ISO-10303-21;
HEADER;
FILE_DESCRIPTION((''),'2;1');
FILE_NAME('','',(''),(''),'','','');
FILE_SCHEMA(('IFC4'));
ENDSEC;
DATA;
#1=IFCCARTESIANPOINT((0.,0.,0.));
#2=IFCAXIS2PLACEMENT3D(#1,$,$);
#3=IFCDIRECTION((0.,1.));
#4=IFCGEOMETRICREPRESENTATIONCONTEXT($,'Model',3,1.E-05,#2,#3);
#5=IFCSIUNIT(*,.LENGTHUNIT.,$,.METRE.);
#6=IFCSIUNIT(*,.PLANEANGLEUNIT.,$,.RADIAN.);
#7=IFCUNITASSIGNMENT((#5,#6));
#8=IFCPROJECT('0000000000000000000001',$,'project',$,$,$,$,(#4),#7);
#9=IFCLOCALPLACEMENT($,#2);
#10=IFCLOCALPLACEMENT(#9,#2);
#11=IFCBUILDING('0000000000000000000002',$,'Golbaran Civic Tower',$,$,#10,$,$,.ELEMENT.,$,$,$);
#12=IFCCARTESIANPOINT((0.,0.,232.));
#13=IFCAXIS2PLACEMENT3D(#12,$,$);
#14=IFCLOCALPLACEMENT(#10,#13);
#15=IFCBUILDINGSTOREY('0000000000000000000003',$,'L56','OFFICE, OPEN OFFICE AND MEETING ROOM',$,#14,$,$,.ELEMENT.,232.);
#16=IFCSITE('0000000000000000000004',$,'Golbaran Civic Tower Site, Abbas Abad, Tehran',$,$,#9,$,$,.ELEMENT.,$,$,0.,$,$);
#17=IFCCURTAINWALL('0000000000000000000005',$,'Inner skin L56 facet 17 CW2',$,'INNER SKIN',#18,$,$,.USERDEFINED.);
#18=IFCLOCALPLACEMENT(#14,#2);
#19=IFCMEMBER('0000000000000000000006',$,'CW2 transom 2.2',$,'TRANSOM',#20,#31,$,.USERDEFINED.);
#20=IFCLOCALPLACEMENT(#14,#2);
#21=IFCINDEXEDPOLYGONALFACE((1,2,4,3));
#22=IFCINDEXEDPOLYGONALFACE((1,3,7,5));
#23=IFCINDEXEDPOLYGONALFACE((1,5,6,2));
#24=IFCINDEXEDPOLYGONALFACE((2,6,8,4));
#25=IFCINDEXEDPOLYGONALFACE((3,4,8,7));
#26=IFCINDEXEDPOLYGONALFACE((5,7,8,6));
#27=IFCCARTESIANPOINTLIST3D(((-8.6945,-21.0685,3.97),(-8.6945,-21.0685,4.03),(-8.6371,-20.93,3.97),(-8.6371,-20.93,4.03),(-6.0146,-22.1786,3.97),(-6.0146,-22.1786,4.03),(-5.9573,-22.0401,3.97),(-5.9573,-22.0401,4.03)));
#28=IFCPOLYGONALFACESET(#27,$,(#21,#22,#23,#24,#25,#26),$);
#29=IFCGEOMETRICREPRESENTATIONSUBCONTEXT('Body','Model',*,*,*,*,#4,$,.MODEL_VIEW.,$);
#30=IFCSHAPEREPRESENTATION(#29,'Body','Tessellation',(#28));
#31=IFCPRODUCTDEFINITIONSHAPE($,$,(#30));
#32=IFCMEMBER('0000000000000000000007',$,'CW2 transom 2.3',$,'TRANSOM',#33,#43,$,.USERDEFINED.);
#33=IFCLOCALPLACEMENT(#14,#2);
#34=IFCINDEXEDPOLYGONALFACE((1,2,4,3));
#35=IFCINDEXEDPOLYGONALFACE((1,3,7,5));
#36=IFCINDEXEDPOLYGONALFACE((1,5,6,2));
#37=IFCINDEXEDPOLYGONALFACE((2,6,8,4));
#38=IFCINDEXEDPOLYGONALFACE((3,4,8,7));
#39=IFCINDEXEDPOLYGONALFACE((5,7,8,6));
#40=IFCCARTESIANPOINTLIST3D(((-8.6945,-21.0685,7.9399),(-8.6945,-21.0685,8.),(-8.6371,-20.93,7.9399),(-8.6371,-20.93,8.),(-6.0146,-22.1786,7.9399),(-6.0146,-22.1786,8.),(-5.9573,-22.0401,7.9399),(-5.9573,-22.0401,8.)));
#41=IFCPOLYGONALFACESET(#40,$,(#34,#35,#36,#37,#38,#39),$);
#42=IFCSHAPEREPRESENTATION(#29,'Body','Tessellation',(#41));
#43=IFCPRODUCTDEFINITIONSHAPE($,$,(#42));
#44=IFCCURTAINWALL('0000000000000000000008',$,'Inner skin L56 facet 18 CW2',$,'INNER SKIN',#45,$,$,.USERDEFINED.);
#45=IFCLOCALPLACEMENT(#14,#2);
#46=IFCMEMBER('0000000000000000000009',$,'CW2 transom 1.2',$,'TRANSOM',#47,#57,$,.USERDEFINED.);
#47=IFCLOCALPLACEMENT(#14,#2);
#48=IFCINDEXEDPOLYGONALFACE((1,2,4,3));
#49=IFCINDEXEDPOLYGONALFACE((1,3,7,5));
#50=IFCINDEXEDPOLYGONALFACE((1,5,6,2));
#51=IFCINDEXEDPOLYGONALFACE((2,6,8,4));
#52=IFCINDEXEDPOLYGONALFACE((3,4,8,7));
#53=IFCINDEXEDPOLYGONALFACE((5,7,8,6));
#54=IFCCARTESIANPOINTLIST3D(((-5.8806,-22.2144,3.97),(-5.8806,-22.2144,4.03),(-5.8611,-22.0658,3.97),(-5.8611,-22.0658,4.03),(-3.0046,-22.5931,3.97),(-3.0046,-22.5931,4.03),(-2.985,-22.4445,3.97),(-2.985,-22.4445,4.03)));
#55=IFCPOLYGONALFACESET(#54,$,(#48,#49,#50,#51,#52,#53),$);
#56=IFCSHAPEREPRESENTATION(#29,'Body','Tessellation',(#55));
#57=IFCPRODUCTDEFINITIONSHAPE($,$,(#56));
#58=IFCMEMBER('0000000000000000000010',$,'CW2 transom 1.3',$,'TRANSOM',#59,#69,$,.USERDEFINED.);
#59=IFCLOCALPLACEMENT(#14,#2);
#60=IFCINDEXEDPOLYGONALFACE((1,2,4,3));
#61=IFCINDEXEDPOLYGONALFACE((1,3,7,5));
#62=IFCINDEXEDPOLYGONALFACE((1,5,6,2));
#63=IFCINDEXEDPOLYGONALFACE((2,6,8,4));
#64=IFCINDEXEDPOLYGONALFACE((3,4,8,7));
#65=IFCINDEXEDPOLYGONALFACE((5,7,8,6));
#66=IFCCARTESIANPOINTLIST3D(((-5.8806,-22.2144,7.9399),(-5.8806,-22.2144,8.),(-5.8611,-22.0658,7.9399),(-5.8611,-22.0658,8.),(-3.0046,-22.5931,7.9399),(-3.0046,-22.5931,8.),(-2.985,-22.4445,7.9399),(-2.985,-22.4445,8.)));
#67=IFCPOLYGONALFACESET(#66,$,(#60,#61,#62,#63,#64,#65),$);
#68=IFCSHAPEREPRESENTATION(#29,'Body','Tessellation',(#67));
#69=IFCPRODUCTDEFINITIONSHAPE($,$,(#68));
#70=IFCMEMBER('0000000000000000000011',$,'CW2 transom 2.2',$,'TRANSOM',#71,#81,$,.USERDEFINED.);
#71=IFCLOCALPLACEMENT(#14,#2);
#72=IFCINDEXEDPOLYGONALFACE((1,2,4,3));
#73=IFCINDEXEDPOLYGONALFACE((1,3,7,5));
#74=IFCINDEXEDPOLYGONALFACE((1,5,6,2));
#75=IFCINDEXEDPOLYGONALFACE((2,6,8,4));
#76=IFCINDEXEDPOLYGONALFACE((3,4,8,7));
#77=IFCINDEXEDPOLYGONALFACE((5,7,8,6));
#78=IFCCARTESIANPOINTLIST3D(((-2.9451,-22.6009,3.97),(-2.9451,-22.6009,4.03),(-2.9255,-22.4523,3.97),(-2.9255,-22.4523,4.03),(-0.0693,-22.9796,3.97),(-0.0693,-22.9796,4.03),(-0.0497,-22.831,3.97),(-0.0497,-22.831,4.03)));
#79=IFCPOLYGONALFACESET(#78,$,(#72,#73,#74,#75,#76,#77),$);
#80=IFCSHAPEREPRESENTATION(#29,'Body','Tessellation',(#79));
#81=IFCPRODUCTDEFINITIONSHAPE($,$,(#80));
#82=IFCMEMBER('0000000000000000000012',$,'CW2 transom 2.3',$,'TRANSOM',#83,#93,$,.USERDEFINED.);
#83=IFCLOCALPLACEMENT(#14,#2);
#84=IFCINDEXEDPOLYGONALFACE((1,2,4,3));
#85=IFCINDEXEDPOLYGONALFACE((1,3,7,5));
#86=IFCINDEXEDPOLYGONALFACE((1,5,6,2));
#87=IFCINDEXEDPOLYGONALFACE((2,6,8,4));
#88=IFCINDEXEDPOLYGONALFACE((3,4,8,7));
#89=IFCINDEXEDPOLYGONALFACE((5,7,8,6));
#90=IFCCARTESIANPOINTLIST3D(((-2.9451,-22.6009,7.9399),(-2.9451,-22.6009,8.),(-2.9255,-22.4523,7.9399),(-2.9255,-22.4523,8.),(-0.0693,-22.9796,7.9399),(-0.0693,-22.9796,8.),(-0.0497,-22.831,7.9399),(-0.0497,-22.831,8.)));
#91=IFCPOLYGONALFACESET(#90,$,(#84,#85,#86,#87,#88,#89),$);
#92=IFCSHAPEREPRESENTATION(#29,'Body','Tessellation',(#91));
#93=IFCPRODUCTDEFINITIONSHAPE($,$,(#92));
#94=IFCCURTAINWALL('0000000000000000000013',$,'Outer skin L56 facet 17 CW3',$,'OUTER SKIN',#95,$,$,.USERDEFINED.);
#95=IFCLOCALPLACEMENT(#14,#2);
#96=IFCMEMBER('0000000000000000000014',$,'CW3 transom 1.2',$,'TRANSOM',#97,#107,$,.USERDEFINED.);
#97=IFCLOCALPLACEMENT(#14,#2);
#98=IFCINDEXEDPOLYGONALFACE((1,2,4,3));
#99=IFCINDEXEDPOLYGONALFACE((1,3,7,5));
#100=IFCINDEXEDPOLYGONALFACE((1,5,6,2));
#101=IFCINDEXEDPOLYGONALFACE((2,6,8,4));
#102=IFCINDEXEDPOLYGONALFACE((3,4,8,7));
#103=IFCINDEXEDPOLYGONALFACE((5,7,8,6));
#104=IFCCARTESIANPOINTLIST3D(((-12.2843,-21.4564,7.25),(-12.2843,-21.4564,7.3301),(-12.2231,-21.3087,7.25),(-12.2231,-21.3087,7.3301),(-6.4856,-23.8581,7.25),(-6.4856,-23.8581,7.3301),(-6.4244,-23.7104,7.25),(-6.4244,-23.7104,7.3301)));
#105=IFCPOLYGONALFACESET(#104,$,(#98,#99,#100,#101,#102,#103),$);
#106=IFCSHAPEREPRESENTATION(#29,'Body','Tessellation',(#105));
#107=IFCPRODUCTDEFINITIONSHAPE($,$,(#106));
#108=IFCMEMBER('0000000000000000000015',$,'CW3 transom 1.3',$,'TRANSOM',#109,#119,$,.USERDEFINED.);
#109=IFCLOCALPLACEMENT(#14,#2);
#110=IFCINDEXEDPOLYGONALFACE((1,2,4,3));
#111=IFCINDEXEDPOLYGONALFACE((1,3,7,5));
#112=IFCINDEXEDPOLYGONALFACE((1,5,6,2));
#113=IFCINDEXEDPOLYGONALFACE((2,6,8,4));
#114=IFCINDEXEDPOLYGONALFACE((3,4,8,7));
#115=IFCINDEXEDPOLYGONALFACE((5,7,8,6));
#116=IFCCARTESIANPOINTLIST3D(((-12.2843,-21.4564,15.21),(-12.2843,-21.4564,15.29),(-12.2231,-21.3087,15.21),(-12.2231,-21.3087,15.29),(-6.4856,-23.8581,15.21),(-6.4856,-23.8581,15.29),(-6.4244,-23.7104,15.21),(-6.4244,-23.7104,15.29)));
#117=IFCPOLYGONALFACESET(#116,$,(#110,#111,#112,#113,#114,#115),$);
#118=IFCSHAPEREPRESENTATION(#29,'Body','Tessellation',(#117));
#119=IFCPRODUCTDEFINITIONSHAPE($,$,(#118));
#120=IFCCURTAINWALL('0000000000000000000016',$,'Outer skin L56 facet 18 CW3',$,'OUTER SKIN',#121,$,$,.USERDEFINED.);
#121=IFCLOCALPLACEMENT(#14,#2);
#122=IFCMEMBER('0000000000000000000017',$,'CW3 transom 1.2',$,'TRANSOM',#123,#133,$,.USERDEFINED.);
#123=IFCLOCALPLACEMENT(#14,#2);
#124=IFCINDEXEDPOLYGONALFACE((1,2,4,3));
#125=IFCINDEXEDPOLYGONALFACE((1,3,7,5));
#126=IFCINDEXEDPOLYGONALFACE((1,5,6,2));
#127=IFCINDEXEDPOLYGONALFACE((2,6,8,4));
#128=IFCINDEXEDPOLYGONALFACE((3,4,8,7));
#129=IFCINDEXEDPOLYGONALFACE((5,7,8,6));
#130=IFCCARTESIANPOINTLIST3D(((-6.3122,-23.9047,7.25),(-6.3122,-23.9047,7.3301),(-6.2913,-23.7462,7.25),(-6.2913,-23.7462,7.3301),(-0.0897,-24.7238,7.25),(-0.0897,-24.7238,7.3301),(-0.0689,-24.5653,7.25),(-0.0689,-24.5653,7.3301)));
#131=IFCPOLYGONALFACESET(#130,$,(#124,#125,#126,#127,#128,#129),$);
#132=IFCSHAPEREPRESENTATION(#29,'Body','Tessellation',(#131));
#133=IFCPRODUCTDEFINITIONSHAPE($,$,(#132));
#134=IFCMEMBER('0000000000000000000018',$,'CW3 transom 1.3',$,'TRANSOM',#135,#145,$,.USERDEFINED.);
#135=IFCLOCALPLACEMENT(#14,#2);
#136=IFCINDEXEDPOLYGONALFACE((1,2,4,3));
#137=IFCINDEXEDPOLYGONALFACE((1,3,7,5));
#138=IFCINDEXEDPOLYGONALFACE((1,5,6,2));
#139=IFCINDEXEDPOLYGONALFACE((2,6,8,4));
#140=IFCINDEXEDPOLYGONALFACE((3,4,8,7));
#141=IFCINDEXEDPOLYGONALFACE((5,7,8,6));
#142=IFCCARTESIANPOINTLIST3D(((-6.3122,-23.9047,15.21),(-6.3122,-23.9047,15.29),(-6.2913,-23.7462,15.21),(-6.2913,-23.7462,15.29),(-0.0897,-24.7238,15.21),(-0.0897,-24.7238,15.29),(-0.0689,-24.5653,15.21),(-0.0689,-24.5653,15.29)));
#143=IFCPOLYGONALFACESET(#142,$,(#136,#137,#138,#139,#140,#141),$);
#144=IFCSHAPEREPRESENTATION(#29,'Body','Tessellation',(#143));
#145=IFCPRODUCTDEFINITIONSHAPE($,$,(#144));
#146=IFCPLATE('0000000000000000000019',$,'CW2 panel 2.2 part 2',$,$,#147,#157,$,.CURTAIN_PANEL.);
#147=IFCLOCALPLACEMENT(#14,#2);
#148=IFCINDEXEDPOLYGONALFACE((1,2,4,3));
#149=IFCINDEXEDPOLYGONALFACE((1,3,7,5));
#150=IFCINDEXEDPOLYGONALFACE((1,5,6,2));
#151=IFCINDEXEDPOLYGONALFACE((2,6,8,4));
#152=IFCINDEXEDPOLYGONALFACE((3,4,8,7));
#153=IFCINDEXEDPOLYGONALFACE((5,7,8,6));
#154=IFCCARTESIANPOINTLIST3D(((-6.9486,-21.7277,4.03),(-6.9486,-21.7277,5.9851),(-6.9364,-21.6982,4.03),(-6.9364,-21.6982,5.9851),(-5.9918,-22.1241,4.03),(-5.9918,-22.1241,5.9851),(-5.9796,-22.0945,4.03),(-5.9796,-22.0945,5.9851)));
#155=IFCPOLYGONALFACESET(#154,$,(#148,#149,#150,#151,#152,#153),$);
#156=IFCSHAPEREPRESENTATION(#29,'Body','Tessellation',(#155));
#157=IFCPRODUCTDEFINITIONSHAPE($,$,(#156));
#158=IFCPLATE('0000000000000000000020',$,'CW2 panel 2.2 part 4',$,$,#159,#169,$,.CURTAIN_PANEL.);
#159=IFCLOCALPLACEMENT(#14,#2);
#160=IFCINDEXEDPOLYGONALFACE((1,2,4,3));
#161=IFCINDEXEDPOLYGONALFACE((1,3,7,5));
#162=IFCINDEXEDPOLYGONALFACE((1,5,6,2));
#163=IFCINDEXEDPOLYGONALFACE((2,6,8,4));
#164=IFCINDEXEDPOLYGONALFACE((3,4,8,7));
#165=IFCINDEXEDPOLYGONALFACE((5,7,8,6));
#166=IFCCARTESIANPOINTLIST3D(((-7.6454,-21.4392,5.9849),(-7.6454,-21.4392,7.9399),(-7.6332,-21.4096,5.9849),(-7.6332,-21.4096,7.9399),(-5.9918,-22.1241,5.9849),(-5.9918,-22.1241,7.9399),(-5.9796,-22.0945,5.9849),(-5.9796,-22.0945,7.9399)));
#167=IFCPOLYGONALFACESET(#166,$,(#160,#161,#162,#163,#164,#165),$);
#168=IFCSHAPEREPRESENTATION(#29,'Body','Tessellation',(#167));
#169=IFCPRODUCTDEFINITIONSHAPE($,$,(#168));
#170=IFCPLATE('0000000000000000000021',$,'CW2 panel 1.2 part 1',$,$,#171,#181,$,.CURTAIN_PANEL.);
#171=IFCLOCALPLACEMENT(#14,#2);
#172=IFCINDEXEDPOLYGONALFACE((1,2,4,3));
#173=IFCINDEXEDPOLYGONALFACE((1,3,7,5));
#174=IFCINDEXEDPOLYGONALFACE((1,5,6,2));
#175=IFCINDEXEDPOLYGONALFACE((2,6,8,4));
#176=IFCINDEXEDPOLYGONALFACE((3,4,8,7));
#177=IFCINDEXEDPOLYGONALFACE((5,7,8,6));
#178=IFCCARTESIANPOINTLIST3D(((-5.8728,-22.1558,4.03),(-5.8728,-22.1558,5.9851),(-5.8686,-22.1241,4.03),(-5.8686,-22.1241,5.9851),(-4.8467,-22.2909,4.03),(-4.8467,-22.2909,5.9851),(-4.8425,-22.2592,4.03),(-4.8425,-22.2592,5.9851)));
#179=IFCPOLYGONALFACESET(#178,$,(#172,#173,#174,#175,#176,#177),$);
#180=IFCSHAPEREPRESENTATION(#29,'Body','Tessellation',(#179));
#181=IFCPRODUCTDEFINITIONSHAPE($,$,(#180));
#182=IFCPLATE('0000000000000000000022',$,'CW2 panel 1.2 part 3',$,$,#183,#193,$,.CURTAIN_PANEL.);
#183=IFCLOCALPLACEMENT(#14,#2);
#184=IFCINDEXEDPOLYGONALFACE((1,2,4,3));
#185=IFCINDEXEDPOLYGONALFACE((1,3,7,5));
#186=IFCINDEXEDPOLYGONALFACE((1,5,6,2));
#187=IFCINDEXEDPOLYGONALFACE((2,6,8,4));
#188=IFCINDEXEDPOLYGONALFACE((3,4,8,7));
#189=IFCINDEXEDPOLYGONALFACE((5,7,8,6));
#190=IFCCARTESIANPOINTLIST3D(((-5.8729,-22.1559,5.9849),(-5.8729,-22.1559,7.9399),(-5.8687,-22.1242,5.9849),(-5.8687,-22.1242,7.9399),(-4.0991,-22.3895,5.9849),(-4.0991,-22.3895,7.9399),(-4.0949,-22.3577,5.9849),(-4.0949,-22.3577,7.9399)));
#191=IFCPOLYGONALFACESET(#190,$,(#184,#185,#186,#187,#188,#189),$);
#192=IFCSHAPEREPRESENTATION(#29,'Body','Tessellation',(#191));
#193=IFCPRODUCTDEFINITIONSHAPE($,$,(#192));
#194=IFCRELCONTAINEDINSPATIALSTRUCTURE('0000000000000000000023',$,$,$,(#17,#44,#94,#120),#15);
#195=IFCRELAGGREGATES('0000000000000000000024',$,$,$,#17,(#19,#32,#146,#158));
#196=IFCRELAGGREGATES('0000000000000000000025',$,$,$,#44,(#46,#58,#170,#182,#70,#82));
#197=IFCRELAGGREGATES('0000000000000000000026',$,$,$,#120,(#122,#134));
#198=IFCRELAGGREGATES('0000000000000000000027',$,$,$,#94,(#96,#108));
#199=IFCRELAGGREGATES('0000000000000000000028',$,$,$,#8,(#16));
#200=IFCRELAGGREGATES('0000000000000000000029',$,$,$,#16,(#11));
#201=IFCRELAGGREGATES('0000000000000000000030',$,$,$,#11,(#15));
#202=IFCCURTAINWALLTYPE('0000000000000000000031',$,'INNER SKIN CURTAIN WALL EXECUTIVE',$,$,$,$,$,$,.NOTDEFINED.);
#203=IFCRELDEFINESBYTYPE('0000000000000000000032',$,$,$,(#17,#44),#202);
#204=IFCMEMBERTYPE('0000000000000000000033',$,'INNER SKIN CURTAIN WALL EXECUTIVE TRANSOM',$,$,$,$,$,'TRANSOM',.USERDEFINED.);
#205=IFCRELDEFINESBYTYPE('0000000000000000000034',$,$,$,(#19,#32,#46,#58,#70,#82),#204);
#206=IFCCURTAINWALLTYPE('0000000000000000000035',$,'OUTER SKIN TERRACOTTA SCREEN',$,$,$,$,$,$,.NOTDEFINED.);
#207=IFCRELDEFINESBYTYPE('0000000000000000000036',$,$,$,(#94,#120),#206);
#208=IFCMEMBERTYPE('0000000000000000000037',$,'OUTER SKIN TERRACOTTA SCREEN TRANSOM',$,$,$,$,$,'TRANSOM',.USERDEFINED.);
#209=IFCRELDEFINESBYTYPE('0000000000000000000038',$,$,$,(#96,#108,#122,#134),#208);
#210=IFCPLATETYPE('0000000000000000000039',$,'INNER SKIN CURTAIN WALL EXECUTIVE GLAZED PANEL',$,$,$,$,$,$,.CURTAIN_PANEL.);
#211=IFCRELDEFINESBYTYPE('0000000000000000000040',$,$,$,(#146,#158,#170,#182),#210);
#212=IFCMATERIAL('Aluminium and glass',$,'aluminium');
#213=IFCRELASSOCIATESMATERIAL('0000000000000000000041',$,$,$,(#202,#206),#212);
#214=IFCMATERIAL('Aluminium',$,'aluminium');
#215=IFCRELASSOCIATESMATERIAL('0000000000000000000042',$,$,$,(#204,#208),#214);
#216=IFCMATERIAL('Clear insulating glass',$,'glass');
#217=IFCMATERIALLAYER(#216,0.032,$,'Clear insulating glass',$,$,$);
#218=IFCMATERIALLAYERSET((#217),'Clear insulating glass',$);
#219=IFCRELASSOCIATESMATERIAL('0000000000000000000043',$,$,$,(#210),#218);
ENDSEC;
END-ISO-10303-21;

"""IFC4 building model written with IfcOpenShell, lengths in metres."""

from ifc_helpers import new_model, si_unit, direction, frame, origin, origin_2d, place, context, subcontext, project, spatial, rectangle, extrude, material, layer, layer_set, material_profile, profile_set, type_object, element, aggregate, save


model = new_model("IFC4")

# Units and contexts
model_context = context("Model", 3, precision=1e-05, world=origin(), true_north=direction((0.0, 1.0)))
body_context = subcontext(model_context, "Body", "Model", "MODEL_VIEW")
ifc_project = project(units=[si_unit("LENGTHUNIT", "METRE"), si_unit("PLANEANGLEUNIT", "RADIAN")], contexts=[model_context])

# Site, building, storey
site_placement = place(None, origin())
site = spatial("IfcSite", under=ifc_project, at=site_placement, Name="Golbaran Civic Tower Site, Abbas Abad, Tehran", CompositionType="ELEMENT", RefElevation=0.0)
building_placement = place(site_placement, origin())
building = spatial("IfcBuilding", under=site, at=building_placement, Name="Golbaran Civic Tower", CompositionType="ELEMENT")
storey_placement = place(building_placement, frame((0.0, 0.0, 232.0)))
storey = spatial("IfcBuildingStorey", under=building, at=storey_placement, Name="L56", Description="OFFICE, OPEN OFFICE AND MEETING ROOM", CompositionType="ELEMENT", Elevation=232.0)

# Curtain walls, members
ifc_material_1 = material(Name="Aluminium and glass", Category="aluminium")
curtain_wall_type_1 = type_object("IfcCurtainWallType", Name="INNER SKIN CURTAIN WALL EXECUTIVE", PredefinedType="NOTDEFINED", material=ifc_material_1)
curtain_wall_1_placement = place(storey_placement, origin())
curtain_wall_1 = element("IfcCurtainWall", 1, at=curtain_wall_1_placement, inside=storey, type_object=curtain_wall_type_1, Name="Inner skin L56 facet 17 CW2", ObjectType="INNER SKIN", PredefinedType="USERDEFINED")
ifc_material_2 = material(Name="Aluminium", Category="aluminium")
ifc_material_profile_1 = material_profile(ifc_material_2, rectangle(XDim=0.1499, YDim=0.0601, at=origin_2d()), Name="INNER SKIN CURTAIN WALL EXECUTIVE TRANSOM")
ifc_profile_set_1 = profile_set([ifc_material_profile_1], Name="Aluminium")
member_type_1 = type_object("IfcMemberType", Name="INNER SKIN CURTAIN WALL EXECUTIVE TRANSOM", ElementType="TRANSOM", PredefinedType="USERDEFINED", material=ifc_profile_set_1)
member_1_placement = place(storey_placement, frame((-8.6658, -20.9993, 4.0), z_axis=(0.923874, -0.382696, 0.0), x_axis=(0.382696, 0.923874, 0.0)))
member_1 = element("IfcMember", 2, at=member_1_placement, type_object=member_type_1, Name="CW2 transom 2.2", ObjectType="TRANSOM", PredefinedType="USERDEFINED", context=body_context, shape_type="SweptSolid", body=[
    extrude(rectangle(XDim=0.1499, YDim=0.0601, at=origin_2d()), origin(), (0.0, 0.0, 1.0), 2.9006),
])
member_2_placement = place(storey_placement, frame((-8.6658, -20.9993, 7.97), z_axis=(0.923874, -0.382696, 0.0), x_axis=(0.382696, 0.923874, 0.0)))
member_2 = element("IfcMember", 3, at=member_2_placement, type_object=member_type_1, Name="CW2 transom 2.3", ObjectType="TRANSOM", PredefinedType="USERDEFINED", context=body_context, shape_type="SweptSolid", body=[
    extrude(rectangle(XDim=0.1499, YDim=0.0601, at=origin_2d()), origin(), (0.0, 0.0, 1.0), 2.9006),
])
curtain_wall_2_placement = place(storey_placement, origin())
curtain_wall_2 = element("IfcCurtainWall", 4, at=curtain_wall_2_placement, inside=storey, type_object=curtain_wall_type_1, Name="Inner skin L56 facet 18 CW2", ObjectType="INNER SKIN", PredefinedType="USERDEFINED")
member_3_placement = place(storey_placement, frame((-5.8708, -22.1401, 4.0), z_axis=(0.991443, -0.130537, 0.0), x_axis=(0.130537, 0.991443, 0.0)))
member_3 = element("IfcMember", 5, at=member_3_placement, type_object=member_type_1, Name="CW2 transom 1.2", ObjectType="TRANSOM", PredefinedType="USERDEFINED", context=body_context, shape_type="SweptSolid", body=[
    extrude(rectangle(XDim=0.1499, YDim=0.0601, at=origin_2d()), origin(), (0.0, 0.0, 1.0), 2.9009),
])
member_4_placement = place(storey_placement, frame((-5.8708, -22.1401, 7.97), z_axis=(0.991443, -0.130537, 0.0), x_axis=(0.130537, 0.991443, 0.0)))
member_4 = element("IfcMember", 6, at=member_4_placement, type_object=member_type_1, Name="CW2 transom 1.3", ObjectType="TRANSOM", PredefinedType="USERDEFINED", context=body_context, shape_type="SweptSolid", body=[
    extrude(rectangle(XDim=0.1499, YDim=0.0601, at=origin_2d()), origin(), (0.0, 0.0, 1.0), 2.9009),
])
member_5_placement = place(storey_placement, frame((-2.9353, -22.5266, 4.0), z_axis=(0.991442, -0.130548, 0.0), x_axis=(0.130548, 0.991442, 0.0)))
member_5 = element("IfcMember", 7, at=member_5_placement, type_object=member_type_1, Name="CW2 transom 2.2", ObjectType="TRANSOM", PredefinedType="USERDEFINED", context=body_context, shape_type="SweptSolid", body=[
    extrude(rectangle(XDim=0.1499, YDim=0.0601, at=origin_2d()), origin(), (0.0, 0.0, 1.0), 2.9006),
])
member_6_placement = place(storey_placement, frame((-2.9353, -22.5266, 7.97), z_axis=(0.991442, -0.130548, 0.0), x_axis=(0.130548, 0.991442, 0.0)))
member_6 = element("IfcMember", 8, at=member_6_placement, type_object=member_type_1, Name="CW2 transom 2.3", ObjectType="TRANSOM", PredefinedType="USERDEFINED", context=body_context, shape_type="SweptSolid", body=[
    extrude(rectangle(XDim=0.1499, YDim=0.0601, at=origin_2d()), origin(), (0.0, 0.0, 1.0), 2.9006),
])
curtain_wall_type_2 = type_object("IfcCurtainWallType", Name="OUTER SKIN TERRACOTTA SCREEN", PredefinedType="NOTDEFINED", material=ifc_material_1)
curtain_wall_3_placement = place(storey_placement, origin())
curtain_wall_3 = element("IfcCurtainWall", 9, at=curtain_wall_3_placement, inside=storey, type_object=curtain_wall_type_2, Name="Outer skin L56 facet 17 CW3", ObjectType="OUTER SKIN", PredefinedType="USERDEFINED")
ifc_material_profile_2 = material_profile(ifc_material_2, rectangle(XDim=0.1599, YDim=0.0801, at=origin_2d()), Name="OUTER SKIN TERRACOTTA SCREEN TRANSOM")
ifc_profile_set_2 = profile_set([ifc_material_profile_2], Name="Aluminium")
member_type_2 = type_object("IfcMemberType", Name="OUTER SKIN TERRACOTTA SCREEN TRANSOM", ElementType="TRANSOM", PredefinedType="USERDEFINED", material=ifc_profile_set_2)
member_7_placement = place(storey_placement, frame((-12.2537, -21.3826, 7.29), z_axis=(0.923893, -0.382651, 0.0), x_axis=(0.382651, 0.923893, 0.0)))
member_7 = element("IfcMember", 10, at=member_7_placement, type_object=member_type_2, Name="CW3 transom 1.2", ObjectType="TRANSOM", PredefinedType="USERDEFINED", context=body_context, shape_type="SweptSolid", body=[
    extrude(rectangle(XDim=0.1599, YDim=0.0801, at=origin_2d()), origin(), (0.0, 0.0, 1.0), 6.2764),
])
member_8_placement = place(storey_placement, frame((-12.2537, -21.3826, 15.25), z_axis=(0.923893, -0.382651, 0.0), x_axis=(0.382651, 0.923893, 0.0)))
member_8 = element("IfcMember", 11, at=member_8_placement, type_object=member_type_2, Name="CW3 transom 1.3", ObjectType="TRANSOM", PredefinedType="USERDEFINED", context=body_context, shape_type="SweptSolid", body=[
    extrude(rectangle(XDim=0.1599, YDim=0.0801, at=origin_2d()), origin(), (0.0, 0.0, 1.0), 6.2764),
])
curtain_wall_4_placement = place(storey_placement, origin())
curtain_wall_4 = element("IfcCurtainWall", 12, at=curtain_wall_4_placement, inside=storey, type_object=curtain_wall_type_2, Name="Outer skin L56 facet 18 CW3", ObjectType="OUTER SKIN", PredefinedType="USERDEFINED")
member_9_placement = place(storey_placement, frame((-6.3018, -23.8254, 7.29), z_axis=(0.991447, -0.13051, 0.0), x_axis=(0.13051, 0.991447, 0.0)))
member_9 = element("IfcMember", 13, at=member_9_placement, type_object=member_type_2, Name="CW3 transom 1.2", ObjectType="TRANSOM", PredefinedType="USERDEFINED", context=body_context, shape_type="SweptSolid", body=[
    extrude(rectangle(XDim=0.1599, YDim=0.0801, at=origin_2d()), origin(), (0.0, 0.0, 1.0), 6.2761),
])
member_10_placement = place(storey_placement, frame((-6.3018, -23.8254, 15.25), z_axis=(0.991447, -0.13051, 0.0), x_axis=(0.13051, 0.991447, 0.0)))
member_10 = element("IfcMember", 14, at=member_10_placement, type_object=member_type_2, Name="CW3 transom 1.3", ObjectType="TRANSOM", PredefinedType="USERDEFINED", context=body_context, shape_type="SweptSolid", body=[
    extrude(rectangle(XDim=0.1599, YDim=0.0801, at=origin_2d()), origin(), (0.0, 0.0, 1.0), 6.2761),
])

# Plates
ifc_material_3 = material(Name="Clear insulating glass", Category="glass")
ifc_layer_1 = layer(ifc_material_3, 0.032, Name="Clear insulating glass")
ifc_layer_set_1 = layer_set([ifc_layer_1], Name="Clear insulating glass")
plate_type_1 = type_object("IfcPlateType", Name="INNER SKIN CURTAIN WALL EXECUTIVE GLAZED PANEL", PredefinedType="CURTAIN_PANEL", material=ifc_layer_set_1)
plate_1_placement = place(storey_placement, frame((-6.4641, -21.9111, 4.03), z_axis=(0.0, 0.0, 1.0), x_axis=(0.92388, -0.382683, 0.0)))
plate_1 = element("IfcPlate", 15, at=plate_1_placement, type_object=plate_type_1, Name="CW2 panel 2.2 part 2", PredefinedType="CURTAIN_PANEL", context=body_context, shape_type="SweptSolid", body=[
    extrude(rectangle(XDim=1.0356, YDim=0.032, at=origin_2d()), origin(), (0.0, 0.0, 1.0), 1.9551),
])
plate_2_placement = place(storey_placement, frame((-6.8125, -21.7668, 5.9849), z_axis=(0.0, 0.0, 1.0), x_axis=(0.92388, -0.382683, 0.0)))
plate_2 = element("IfcPlate", 16, at=plate_2_placement, type_object=plate_type_1, Name="CW2 panel 2.2 part 4", PredefinedType="CURTAIN_PANEL", context=body_context, shape_type="SweptSolid", body=[
    extrude(rectangle(XDim=1.7898, YDim=0.032, at=origin_2d()), origin(), (0.0, 0.0, 1.0), 1.9551),
])
plate_3_placement = place(storey_placement, frame((-5.3577, -22.2075, 4.03), z_axis=(0.0, 0.0, 1.0), x_axis=(0.991445, -0.130526, 0.0)))
plate_3 = element("IfcPlate", 17, at=plate_3_placement, type_object=plate_type_1, Name="CW2 panel 1.2 part 1", PredefinedType="CURTAIN_PANEL", context=body_context, shape_type="SweptSolid", body=[
    extrude(rectangle(XDim=1.0349, YDim=0.032, at=origin_2d()), origin(), (0.0, 0.0, 1.0), 1.9551),
])
plate_4_placement = place(storey_placement, frame((-4.9839, -22.2568, 5.9849), z_axis=(0.0, 0.0, 1.0), x_axis=(0.991445, -0.130526, 0.0)))
plate_4 = element("IfcPlate", 18, at=plate_4_placement, type_object=plate_type_1, Name="CW2 panel 1.2 part 3", PredefinedType="CURTAIN_PANEL", context=body_context, shape_type="SweptSolid", body=[
    extrude(rectangle(XDim=1.7891, YDim=0.032, at=origin_2d()), origin(), (0.0, 0.0, 1.0), 1.9551),
])
aggregate(curtain_wall_1, [member_1, member_2, plate_1, plate_2])
aggregate(curtain_wall_2, [member_3, member_4, plate_3, plate_4, member_5, member_6])
aggregate(curtain_wall_4, [member_9, member_10])
aggregate(curtain_wall_3, [member_7, member_8])

save(model, "model.ifc")
